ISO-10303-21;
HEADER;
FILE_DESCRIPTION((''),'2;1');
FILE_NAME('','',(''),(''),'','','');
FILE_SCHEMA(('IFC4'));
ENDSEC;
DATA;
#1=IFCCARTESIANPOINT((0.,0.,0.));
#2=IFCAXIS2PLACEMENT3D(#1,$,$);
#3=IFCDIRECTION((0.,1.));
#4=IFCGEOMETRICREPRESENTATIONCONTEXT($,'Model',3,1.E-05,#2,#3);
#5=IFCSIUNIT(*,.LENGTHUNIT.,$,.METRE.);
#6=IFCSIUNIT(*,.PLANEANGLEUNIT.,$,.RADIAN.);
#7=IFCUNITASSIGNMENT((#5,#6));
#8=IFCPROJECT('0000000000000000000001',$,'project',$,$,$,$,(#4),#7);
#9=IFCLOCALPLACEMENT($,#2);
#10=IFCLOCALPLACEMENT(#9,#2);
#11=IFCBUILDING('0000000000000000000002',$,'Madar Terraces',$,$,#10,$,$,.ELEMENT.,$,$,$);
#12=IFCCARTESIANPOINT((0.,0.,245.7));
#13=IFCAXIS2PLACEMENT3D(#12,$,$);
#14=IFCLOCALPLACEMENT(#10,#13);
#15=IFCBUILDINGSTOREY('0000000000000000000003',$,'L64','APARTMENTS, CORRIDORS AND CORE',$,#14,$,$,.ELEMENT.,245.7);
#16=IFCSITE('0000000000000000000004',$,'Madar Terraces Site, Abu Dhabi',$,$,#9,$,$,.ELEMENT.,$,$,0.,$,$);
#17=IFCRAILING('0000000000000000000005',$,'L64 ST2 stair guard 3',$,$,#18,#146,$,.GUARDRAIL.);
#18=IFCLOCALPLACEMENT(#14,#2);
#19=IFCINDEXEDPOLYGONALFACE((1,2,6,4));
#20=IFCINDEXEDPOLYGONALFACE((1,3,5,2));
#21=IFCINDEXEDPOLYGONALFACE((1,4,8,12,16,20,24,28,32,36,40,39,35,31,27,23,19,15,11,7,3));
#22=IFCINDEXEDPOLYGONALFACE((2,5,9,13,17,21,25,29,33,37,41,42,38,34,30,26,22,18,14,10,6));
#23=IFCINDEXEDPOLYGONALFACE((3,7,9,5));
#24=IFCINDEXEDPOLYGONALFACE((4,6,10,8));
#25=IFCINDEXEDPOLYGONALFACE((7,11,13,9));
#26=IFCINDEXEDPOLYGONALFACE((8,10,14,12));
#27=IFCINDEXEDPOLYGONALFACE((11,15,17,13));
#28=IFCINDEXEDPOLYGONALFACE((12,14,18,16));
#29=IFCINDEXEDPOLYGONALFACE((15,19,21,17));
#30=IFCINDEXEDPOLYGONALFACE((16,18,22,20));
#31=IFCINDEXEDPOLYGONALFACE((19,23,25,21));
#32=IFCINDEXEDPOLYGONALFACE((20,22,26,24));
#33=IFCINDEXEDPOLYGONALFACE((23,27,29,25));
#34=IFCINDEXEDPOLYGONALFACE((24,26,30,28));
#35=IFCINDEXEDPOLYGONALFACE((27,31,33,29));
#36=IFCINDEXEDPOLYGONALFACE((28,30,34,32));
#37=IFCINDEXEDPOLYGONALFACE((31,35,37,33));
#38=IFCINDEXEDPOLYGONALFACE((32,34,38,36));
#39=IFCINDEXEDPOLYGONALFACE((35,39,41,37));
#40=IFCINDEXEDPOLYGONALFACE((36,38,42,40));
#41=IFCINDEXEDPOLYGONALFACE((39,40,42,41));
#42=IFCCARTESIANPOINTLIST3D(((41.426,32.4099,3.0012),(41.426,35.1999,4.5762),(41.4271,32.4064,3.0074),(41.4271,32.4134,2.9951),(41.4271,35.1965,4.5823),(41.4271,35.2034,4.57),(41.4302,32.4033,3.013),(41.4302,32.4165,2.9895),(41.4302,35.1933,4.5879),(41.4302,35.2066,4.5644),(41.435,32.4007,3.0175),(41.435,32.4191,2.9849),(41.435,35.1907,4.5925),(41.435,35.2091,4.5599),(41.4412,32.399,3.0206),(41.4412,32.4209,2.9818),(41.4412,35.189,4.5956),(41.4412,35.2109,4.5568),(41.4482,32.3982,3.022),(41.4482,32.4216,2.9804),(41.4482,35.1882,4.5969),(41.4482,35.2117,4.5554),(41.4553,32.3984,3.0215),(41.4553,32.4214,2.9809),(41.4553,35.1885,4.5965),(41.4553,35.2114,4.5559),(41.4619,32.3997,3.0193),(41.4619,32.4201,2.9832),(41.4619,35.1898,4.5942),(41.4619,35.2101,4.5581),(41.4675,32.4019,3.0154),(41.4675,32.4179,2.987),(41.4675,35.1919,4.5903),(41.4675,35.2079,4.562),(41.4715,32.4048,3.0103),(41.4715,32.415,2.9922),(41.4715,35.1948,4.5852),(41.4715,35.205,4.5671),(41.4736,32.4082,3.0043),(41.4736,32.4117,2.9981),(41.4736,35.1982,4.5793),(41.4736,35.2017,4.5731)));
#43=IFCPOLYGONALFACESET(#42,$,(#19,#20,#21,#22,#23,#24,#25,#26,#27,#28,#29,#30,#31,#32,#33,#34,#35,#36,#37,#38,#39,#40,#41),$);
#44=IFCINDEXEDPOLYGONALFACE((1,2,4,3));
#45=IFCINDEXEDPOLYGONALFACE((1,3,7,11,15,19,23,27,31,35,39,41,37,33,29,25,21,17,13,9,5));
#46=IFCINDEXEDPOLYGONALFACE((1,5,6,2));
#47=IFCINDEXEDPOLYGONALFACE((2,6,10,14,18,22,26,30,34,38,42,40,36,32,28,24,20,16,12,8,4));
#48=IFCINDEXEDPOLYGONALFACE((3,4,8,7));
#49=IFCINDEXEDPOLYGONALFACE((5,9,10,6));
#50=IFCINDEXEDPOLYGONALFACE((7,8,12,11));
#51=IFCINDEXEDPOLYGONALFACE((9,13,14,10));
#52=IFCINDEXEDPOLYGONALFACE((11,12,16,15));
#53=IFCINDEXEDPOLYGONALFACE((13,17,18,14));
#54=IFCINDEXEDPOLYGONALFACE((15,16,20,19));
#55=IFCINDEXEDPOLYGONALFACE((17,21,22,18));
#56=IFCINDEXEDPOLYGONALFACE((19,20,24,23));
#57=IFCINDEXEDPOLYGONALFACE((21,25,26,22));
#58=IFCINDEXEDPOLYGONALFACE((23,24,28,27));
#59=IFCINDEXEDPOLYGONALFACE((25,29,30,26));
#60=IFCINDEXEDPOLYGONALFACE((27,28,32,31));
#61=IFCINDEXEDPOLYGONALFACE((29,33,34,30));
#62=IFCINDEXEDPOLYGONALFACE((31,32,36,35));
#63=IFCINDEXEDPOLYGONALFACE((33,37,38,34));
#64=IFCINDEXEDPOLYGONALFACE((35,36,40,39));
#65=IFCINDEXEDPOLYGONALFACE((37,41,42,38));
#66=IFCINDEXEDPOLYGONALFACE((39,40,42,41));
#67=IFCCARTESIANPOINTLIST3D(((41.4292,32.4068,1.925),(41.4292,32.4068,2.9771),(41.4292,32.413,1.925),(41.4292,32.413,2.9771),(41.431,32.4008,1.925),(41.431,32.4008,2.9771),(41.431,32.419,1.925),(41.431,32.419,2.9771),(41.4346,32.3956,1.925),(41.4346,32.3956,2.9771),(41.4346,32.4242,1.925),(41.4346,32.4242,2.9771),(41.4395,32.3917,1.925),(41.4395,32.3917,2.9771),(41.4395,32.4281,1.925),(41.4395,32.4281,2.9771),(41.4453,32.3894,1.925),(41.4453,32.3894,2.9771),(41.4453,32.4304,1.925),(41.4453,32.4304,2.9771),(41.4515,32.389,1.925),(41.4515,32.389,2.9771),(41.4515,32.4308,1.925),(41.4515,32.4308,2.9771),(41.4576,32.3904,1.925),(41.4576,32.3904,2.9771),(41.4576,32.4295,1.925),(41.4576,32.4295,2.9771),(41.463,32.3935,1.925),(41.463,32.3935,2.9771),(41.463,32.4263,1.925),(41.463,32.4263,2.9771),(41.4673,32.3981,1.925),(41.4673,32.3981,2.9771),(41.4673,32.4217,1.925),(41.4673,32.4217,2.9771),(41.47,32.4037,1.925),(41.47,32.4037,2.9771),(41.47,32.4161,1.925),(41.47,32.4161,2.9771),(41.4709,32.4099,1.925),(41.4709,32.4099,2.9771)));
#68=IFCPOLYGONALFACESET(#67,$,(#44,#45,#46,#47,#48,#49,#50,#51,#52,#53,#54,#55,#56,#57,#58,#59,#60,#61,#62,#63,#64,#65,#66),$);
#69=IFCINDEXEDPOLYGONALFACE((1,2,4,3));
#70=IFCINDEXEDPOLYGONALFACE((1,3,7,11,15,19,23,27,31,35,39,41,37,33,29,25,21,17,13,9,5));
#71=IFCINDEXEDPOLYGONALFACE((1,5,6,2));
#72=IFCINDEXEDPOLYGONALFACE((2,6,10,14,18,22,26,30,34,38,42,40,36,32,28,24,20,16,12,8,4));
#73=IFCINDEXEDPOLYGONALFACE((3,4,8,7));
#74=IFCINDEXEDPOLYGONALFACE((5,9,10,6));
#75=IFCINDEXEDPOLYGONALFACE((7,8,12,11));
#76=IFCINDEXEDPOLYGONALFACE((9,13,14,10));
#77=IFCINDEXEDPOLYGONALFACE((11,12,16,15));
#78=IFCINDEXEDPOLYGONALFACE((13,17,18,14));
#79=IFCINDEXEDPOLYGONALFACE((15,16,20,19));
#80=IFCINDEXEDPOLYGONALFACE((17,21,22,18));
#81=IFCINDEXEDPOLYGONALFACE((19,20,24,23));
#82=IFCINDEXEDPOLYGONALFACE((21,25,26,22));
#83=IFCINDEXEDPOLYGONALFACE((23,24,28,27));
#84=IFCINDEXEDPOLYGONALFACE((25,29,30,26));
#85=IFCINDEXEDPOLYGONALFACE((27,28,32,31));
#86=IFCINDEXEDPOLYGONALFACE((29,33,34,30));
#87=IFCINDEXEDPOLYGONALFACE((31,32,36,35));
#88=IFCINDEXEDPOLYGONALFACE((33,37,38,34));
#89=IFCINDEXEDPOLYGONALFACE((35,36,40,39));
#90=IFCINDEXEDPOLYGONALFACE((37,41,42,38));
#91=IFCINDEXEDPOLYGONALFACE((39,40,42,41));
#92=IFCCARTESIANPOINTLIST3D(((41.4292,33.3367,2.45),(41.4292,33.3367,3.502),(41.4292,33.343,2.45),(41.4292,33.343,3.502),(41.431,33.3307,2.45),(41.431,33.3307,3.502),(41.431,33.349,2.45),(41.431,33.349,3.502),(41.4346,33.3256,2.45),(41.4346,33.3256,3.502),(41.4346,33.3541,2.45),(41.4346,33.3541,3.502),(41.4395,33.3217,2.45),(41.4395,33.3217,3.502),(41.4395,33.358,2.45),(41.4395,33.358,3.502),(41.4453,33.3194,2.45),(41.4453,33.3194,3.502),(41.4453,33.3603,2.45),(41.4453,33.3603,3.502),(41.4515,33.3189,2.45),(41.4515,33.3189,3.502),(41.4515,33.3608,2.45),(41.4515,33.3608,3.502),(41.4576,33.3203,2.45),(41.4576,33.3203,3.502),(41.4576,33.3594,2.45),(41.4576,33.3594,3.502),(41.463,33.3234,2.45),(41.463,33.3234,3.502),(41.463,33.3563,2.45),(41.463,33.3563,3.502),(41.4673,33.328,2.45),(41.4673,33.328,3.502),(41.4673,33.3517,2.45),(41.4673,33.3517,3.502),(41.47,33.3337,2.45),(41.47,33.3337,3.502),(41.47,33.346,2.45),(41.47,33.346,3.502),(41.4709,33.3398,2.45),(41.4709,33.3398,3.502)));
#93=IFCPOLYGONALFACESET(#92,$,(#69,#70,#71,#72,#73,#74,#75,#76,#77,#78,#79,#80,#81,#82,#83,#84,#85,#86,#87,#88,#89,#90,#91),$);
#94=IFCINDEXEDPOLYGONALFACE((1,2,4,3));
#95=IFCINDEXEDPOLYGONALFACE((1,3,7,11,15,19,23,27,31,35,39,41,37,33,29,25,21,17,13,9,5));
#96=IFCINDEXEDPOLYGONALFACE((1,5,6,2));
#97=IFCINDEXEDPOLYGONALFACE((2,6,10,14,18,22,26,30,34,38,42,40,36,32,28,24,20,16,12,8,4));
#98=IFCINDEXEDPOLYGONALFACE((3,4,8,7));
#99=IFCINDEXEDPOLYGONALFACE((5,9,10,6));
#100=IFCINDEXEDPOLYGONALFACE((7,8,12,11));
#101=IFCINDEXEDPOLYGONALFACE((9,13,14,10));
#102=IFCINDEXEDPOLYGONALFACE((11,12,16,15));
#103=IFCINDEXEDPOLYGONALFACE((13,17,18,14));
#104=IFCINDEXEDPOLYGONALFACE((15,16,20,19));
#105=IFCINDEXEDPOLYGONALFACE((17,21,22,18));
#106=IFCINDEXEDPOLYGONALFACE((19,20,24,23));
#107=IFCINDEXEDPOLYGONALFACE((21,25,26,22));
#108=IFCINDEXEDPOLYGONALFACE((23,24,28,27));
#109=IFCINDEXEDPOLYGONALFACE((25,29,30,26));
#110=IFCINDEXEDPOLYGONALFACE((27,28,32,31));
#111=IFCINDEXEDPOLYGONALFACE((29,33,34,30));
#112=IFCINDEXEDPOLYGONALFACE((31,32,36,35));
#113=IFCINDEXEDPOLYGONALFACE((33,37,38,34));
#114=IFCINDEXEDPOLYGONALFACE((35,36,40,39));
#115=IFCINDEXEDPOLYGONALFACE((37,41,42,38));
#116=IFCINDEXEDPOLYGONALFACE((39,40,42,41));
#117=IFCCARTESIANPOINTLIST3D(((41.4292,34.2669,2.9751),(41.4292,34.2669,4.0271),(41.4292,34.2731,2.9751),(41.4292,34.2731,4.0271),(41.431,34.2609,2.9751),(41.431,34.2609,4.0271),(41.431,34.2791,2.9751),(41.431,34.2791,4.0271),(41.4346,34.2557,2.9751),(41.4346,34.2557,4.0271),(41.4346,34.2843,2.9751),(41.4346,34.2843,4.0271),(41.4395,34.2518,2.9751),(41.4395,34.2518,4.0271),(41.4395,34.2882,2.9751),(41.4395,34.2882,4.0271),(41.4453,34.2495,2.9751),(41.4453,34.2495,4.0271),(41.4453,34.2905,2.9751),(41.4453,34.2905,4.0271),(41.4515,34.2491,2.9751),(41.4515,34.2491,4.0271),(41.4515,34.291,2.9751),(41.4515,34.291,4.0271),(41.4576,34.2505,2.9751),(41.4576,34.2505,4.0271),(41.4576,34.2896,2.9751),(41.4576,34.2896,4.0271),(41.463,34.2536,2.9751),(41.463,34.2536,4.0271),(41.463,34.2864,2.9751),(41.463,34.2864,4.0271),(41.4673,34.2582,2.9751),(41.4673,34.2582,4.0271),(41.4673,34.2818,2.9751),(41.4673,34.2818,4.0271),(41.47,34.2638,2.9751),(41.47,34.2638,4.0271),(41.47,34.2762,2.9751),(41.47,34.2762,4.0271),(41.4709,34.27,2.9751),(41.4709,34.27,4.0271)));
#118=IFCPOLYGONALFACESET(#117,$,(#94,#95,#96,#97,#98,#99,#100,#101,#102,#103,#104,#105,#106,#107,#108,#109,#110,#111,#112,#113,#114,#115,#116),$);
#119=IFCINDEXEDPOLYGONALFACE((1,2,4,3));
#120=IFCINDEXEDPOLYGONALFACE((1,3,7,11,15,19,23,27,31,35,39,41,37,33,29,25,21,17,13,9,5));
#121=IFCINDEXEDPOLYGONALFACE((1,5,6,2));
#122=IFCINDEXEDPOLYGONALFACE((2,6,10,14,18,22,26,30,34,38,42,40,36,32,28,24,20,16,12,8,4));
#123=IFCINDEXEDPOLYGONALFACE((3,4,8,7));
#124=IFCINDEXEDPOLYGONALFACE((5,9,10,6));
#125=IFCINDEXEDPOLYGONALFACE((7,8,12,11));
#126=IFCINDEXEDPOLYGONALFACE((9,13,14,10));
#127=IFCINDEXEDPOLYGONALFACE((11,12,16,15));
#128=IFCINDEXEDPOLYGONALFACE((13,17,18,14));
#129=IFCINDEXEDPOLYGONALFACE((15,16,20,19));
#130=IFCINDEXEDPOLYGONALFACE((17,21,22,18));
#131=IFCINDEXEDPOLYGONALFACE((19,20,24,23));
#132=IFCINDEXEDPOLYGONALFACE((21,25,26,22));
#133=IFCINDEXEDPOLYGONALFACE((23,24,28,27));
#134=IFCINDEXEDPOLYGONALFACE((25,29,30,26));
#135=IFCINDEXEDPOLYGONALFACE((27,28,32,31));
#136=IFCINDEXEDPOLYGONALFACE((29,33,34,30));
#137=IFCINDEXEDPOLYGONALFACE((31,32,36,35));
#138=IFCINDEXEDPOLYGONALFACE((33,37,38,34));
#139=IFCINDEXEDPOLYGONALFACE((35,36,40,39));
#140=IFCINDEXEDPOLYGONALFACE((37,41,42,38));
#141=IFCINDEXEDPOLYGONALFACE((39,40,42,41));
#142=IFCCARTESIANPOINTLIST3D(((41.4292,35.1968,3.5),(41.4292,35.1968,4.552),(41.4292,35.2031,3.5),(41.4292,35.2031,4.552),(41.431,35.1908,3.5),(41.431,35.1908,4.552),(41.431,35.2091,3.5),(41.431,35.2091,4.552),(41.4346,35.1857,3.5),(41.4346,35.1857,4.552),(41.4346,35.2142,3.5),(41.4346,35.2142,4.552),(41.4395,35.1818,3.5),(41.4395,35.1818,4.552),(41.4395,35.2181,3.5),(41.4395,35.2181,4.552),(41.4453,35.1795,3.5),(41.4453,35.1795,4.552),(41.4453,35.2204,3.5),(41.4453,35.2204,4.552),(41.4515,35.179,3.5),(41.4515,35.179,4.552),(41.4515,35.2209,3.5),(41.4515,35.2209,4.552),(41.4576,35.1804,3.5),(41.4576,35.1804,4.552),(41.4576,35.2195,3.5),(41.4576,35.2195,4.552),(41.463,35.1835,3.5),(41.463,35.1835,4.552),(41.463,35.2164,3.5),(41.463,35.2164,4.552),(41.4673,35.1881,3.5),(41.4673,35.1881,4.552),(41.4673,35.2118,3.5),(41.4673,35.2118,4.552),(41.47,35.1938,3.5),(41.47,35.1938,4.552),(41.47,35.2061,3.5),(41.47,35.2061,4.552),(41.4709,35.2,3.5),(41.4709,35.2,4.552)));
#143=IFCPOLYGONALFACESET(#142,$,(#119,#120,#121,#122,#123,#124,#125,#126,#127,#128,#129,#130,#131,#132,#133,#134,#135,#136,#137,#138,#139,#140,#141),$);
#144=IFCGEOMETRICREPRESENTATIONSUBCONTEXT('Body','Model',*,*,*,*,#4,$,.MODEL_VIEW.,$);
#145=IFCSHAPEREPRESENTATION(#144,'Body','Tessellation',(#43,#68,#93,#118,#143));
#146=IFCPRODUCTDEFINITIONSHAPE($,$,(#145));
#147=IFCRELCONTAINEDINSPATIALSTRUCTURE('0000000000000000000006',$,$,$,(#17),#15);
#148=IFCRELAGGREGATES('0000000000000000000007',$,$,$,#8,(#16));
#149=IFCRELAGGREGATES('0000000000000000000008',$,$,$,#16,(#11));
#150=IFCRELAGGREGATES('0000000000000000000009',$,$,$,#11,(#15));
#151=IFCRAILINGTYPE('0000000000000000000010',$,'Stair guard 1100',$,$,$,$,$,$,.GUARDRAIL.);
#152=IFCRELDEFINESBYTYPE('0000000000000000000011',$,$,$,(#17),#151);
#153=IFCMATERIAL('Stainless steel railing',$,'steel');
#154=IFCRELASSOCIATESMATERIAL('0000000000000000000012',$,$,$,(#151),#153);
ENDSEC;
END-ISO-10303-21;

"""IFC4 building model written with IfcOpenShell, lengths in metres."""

from ifc_helpers import new_model, si_unit, direction, frame, origin, origin_2d, place, context, subcontext, project, spatial, circle, extrude, material, type_object, element, save


model = new_model("IFC4")

# Units and contexts
model_context = context("Model", 3, precision=1e-05, world=origin(), true_north=direction((0.0, 1.0)))
body_context = subcontext(model_context, "Body", "Model", "MODEL_VIEW")
ifc_project = project(units=[si_unit("LENGTHUNIT", "METRE"), si_unit("PLANEANGLEUNIT", "RADIAN")], contexts=[model_context])

# Site, building, storey
site_placement = place(None, origin())
site = spatial("IfcSite", under=ifc_project, at=site_placement, Name="Madar Terraces Site, Abu Dhabi", CompositionType="ELEMENT", RefElevation=0.0)
building_placement = place(site_placement, origin())
building = spatial("IfcBuilding", under=site, at=building_placement, Name="Madar Terraces", CompositionType="ELEMENT")
storey_placement = place(building_placement, frame((0.0, 0.0, 245.7)))
storey = spatial("IfcBuildingStorey", under=building, at=storey_placement, Name="L64", Description="APARTMENTS, CORRIDORS AND CORE", CompositionType="ELEMENT", Elevation=245.7)

# Railing
ifc_material_1 = material(Name="Stainless steel railing", Category="steel")
railing_type_1 = type_object("IfcRailingType", Name="Stair guard 1100", PredefinedType="GUARDRAIL", material=ifc_material_1)
railing_1_placement = place(storey_placement, frame((41.45, 32.4099, 1.925)))
element("IfcRailing", 1, at=railing_1_placement, inside=storey, type_object=railing_type_1, Name="L64 ST2 stair guard 3", PredefinedType="GUARDRAIL", context=body_context, shape_type="SweptSolid", body=[
    extrude(circle(Radius=0.0239, at=origin_2d()), frame((0.0, 0.0, 1.0762), z_axis=(0.0, 0.870834, 0.491578), x_axis=(-1.0, 0.0, 0.0)), (0.0, 0.0, 1.0), 3.2039),
    extrude(circle(Radius=0.021, at=origin_2d()), origin(), (0.0, 0.0, 1.0), 1.052),
    extrude(circle(Radius=0.021, at=origin_2d()), frame((0.0, 0.9299, 0.5249)), (0.0, 0.0, 1.0), 1.052),
    extrude(circle(Radius=0.021, at=origin_2d()), frame((0.0, 1.8601, 1.05)), (0.0, 0.0, 1.0), 1.052),
    extrude(circle(Radius=0.021, at=origin_2d()), frame((0.0, 2.79, 1.575)), (0.0, 0.0, 1.0), 1.052),
])

save(model, "model.ifc")
